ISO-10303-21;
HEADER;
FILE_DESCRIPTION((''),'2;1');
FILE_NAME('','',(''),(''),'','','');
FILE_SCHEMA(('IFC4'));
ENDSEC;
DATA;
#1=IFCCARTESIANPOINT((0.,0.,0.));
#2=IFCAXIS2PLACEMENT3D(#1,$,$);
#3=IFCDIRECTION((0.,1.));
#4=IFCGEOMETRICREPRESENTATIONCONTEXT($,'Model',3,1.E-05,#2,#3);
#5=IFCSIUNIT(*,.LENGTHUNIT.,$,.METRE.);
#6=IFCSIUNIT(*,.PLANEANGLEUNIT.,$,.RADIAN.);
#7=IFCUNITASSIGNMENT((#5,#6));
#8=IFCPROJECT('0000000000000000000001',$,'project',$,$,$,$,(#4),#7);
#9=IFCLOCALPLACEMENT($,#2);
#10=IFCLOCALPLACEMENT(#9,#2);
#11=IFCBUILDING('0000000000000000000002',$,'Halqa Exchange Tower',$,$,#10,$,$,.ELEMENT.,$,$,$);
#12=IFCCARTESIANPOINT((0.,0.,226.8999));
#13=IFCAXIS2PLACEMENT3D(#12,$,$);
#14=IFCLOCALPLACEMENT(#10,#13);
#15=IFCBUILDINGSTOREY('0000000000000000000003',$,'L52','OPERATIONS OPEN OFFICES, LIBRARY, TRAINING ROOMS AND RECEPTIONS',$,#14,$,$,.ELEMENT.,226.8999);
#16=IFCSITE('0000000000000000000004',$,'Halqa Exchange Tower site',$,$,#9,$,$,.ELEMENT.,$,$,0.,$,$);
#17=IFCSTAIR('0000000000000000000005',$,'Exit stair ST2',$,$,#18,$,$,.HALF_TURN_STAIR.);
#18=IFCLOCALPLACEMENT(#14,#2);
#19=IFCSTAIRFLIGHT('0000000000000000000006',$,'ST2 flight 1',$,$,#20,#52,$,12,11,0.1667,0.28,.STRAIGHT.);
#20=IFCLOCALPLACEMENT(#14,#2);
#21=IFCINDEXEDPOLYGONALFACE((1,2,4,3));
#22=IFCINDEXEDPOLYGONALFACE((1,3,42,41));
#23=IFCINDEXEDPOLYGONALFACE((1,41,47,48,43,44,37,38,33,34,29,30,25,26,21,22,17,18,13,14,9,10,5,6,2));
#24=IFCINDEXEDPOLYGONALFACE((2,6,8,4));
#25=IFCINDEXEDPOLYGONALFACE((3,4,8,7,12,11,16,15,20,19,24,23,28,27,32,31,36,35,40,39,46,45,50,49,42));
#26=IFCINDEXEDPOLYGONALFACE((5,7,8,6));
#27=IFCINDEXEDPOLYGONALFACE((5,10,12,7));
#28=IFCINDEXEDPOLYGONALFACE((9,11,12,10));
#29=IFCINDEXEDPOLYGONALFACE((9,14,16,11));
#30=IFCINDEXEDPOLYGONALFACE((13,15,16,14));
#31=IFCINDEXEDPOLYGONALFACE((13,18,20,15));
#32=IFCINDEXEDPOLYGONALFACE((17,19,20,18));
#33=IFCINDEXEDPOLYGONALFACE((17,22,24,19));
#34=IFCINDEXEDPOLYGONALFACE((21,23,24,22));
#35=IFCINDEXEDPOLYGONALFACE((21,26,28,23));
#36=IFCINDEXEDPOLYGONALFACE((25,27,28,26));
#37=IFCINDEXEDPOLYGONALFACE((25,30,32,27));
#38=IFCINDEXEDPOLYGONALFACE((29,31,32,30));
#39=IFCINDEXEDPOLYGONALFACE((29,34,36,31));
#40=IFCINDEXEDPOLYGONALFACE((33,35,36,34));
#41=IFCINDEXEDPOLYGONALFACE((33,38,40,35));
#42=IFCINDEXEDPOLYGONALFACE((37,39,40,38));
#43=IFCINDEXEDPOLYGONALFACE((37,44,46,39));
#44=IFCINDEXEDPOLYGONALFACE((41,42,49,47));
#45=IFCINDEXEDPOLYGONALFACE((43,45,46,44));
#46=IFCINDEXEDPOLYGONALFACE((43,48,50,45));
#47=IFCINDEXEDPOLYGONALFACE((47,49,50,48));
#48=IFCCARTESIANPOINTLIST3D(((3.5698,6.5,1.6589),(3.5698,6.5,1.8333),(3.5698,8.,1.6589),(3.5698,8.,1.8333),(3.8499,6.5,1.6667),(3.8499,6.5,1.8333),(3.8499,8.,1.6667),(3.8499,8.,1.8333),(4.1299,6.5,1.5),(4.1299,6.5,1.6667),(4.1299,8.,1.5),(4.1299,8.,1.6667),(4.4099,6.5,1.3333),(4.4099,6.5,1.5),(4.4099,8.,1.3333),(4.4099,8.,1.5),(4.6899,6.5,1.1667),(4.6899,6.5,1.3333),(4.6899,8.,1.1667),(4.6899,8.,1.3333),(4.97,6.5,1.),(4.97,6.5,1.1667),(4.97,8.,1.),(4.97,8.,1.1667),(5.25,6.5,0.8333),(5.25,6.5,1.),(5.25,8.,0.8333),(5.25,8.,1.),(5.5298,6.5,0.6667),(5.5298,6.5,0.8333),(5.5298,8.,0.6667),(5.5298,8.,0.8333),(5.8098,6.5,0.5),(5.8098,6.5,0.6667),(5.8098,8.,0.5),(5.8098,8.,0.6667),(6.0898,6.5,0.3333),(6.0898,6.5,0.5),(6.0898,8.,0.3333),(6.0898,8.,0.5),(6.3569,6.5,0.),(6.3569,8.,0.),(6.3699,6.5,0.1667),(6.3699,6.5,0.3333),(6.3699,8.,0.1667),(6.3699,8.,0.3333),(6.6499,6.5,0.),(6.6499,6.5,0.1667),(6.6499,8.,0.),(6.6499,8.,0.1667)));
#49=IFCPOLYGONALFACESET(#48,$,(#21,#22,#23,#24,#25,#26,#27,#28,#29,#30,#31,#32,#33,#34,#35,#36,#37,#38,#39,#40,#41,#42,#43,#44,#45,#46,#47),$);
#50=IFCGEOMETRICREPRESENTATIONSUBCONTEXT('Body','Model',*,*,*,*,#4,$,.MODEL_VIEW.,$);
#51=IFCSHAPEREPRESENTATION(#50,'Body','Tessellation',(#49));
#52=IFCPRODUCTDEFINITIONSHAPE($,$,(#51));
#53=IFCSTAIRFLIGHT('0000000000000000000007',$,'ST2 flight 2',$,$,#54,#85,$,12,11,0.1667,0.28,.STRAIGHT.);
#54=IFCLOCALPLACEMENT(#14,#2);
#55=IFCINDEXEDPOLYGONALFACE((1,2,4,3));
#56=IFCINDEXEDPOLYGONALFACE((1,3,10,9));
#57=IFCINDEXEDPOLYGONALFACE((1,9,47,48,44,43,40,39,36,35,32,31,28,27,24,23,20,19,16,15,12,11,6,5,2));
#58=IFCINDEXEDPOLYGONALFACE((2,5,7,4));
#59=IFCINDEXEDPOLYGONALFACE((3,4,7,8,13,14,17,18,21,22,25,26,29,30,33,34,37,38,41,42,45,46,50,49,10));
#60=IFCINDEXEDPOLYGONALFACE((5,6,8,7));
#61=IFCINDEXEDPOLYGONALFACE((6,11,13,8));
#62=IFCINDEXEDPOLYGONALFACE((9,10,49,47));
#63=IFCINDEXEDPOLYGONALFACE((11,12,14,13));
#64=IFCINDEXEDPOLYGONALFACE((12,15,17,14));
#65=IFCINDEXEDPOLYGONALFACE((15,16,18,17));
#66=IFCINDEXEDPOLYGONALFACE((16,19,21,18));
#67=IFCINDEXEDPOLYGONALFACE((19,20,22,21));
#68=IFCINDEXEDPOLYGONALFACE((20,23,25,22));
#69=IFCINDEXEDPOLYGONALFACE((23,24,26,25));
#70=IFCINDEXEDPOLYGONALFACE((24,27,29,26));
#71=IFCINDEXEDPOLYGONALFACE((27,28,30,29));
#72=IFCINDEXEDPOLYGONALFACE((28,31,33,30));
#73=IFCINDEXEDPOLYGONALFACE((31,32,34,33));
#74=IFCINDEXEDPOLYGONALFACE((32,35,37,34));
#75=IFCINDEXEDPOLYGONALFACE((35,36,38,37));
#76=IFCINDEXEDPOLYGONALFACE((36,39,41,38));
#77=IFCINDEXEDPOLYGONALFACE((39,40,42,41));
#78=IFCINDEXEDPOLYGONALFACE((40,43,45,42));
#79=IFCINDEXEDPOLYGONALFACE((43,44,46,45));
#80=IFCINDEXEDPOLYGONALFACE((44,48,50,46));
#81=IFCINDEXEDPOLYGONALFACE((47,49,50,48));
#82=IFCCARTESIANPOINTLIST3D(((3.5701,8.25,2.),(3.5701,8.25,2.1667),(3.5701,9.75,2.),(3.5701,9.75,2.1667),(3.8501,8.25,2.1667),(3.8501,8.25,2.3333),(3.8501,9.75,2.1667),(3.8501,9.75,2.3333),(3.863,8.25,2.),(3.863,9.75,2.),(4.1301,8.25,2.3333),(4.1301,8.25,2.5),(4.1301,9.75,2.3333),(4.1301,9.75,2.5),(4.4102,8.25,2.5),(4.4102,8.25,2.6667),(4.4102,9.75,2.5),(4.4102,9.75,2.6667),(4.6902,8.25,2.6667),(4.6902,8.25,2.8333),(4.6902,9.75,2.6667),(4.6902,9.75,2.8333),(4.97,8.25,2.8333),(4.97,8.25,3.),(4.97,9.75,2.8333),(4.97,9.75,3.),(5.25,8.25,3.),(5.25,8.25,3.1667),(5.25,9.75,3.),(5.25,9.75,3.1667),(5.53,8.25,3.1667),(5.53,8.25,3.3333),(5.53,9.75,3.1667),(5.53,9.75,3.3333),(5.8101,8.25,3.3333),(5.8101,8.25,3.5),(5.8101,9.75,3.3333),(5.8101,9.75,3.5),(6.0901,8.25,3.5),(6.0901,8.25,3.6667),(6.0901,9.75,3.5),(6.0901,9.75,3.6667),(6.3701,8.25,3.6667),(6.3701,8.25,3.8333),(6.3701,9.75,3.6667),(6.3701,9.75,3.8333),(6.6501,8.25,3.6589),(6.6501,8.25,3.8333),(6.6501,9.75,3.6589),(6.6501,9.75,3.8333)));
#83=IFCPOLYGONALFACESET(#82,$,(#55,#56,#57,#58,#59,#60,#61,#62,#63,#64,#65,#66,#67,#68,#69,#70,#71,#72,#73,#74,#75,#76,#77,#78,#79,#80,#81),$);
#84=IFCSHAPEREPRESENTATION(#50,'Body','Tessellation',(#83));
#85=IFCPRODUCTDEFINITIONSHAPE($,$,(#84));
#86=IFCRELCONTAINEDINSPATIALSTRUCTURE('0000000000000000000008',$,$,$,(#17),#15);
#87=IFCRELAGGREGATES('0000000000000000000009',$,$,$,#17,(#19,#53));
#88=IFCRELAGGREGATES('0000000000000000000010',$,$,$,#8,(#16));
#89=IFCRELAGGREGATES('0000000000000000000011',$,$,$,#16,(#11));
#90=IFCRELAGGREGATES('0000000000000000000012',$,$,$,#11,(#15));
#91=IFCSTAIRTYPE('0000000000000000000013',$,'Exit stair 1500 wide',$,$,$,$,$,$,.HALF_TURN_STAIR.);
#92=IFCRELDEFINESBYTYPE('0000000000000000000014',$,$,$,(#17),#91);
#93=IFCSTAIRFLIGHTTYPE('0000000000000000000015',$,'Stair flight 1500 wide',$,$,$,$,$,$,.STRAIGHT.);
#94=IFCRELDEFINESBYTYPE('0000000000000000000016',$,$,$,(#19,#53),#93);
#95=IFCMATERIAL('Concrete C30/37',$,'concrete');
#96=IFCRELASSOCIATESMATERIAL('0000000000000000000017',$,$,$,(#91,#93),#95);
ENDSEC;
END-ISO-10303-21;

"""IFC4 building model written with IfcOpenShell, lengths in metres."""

from ifc_helpers import new_model, si_unit, direction, frame, origin, place, context, subcontext, project, spatial, polyline, outline, extrude, material, type_object, element, aggregate, save


model = new_model("IFC4")

# Units and contexts
model_context = context("Model", 3, precision=1e-05, world=origin(), true_north=direction((0.0, 1.0)))
body_context = subcontext(model_context, "Body", "Model", "MODEL_VIEW")
ifc_project = project(units=[si_unit("LENGTHUNIT", "METRE"), si_unit("PLANEANGLEUNIT", "RADIAN")], contexts=[model_context])

# Site, building, storey
site_placement = place(None, origin())
site = spatial("IfcSite", under=ifc_project, at=site_placement, Name="Halqa Exchange Tower site", CompositionType="ELEMENT", RefElevation=0.0)
building_placement = place(site_placement, origin())
building = spatial("IfcBuilding", under=site, at=building_placement, Name="Halqa Exchange Tower", CompositionType="ELEMENT")
storey_placement = place(building_placement, frame((0.0, 0.0, 226.8999)))
storey = spatial("IfcBuildingStorey", under=building, at=storey_placement, Name="L52", Description="OPERATIONS OPEN OFFICES, LIBRARY, TRAINING ROOMS AND RECEPTIONS", CompositionType="ELEMENT", Elevation=226.8999)

# Stair
ifc_material_1 = material(Name="Concrete C30/37", Category="concrete")
stair_type = type_object("IfcStairType", Name="Exit stair 1500 wide", PredefinedType="HALF_TURN_STAIR", material=ifc_material_1)
stair_1_placement = place(storey_placement, origin())
stair_1 = element("IfcStair", 1, at=stair_1_placement, inside=storey, type_object=stair_type, Name="Exit stair ST2", PredefinedType="HALF_TURN_STAIR")

# Stair flights
stair_flight_type = type_object("IfcStairFlightType", Name="Stair flight 1500 wide", PredefinedType="STRAIGHT", material=ifc_material_1)
stair_flight_1_placement = place(storey_placement, frame((6.6499, 7.25, 0.0), z_axis=(0.0, 0.0, 1.0), x_axis=(-1.0, 0.0, 0.0)))
stair_flight_1 = element("IfcStairFlight", 2, at=stair_flight_1_placement, type_object=stair_flight_type, Name="ST2 flight 1", NumberOfRisers=12, NumberOfTreads=11, PredefinedType="STRAIGHT", RiserHeight=0.1667, TreadLength=0.28, context=body_context, shape_type="SweptSolid", body=[
    extrude(outline(polyline([(0.0, 0.0), (0.0, 0.1667), (0.28, 0.1667), (0.28, 0.3333), (0.5601, 0.3333), (0.5601, 0.5), (0.8401, 0.5), (0.8401, 0.6667), (1.1201, 0.6667), (1.1201, 0.8333), (1.3999, 0.8333), (1.3999, 1.0), (1.6799, 1.0), (1.6799, 1.1667), (1.96, 1.1667), (1.96, 1.3333), (2.24, 1.3333), (2.24, 1.5), (2.52, 1.5), (2.52, 1.6667), (2.8, 1.6667), (2.8, 1.8333), (3.0801, 1.8333), (3.0801, 2.0), (3.0801, 1.6589), (0.293, 0.0), (0.0, 0.0)])), frame((0.0, 0.75, 0.0), z_axis=(0.0, -1.0, 0.0), x_axis=(1.0, 0.0, 0.0)), (0.0, 0.0, 1.0), 1.5),
])
stair_flight_2_placement = place(storey_placement, frame((3.5701, 9.0, 2.0), z_axis=(0.0, 0.0, 1.0), x_axis=(1.0, 0.0, 0.0)))
stair_flight_2 = element("IfcStairFlight", 3, at=stair_flight_2_placement, type_object=stair_flight_type, Name="ST2 flight 2", NumberOfRisers=12, NumberOfTreads=11, PredefinedType="STRAIGHT", RiserHeight=0.1667, TreadLength=0.28, context=body_context, shape_type="SweptSolid", body=[
    extrude(outline(polyline([(0.0, 0.0), (0.0, 0.1667), (0.28, 0.1667), (0.28, 0.3333), (0.5601, 0.3333), (0.5601, 0.5), (0.8401, 0.5), (0.8401, 0.6667), (1.1201, 0.6667), (1.1201, 0.8333), (1.3999, 0.8333), (1.3999, 1.0), (1.6799, 1.0), (1.6799, 1.1667), (1.96, 1.1667), (1.96, 1.3333), (2.24, 1.3333), (2.24, 1.5), (2.52, 1.5), (2.52, 1.6667), (2.8, 1.6667), (2.8, 1.8333), (3.0801, 1.8333), (3.0801, 2.0), (3.0801, 1.6589), (0.293, 0.0), (0.0, 0.0)])), frame((0.0, 0.75, 0.0), z_axis=(0.0, -1.0, 0.0), x_axis=(1.0, 0.0, 0.0)), (0.0, 0.0, 1.0), 1.5),
])
aggregate(stair_1, [stair_flight_1, stair_flight_2])

save(model, "model.ifc")
